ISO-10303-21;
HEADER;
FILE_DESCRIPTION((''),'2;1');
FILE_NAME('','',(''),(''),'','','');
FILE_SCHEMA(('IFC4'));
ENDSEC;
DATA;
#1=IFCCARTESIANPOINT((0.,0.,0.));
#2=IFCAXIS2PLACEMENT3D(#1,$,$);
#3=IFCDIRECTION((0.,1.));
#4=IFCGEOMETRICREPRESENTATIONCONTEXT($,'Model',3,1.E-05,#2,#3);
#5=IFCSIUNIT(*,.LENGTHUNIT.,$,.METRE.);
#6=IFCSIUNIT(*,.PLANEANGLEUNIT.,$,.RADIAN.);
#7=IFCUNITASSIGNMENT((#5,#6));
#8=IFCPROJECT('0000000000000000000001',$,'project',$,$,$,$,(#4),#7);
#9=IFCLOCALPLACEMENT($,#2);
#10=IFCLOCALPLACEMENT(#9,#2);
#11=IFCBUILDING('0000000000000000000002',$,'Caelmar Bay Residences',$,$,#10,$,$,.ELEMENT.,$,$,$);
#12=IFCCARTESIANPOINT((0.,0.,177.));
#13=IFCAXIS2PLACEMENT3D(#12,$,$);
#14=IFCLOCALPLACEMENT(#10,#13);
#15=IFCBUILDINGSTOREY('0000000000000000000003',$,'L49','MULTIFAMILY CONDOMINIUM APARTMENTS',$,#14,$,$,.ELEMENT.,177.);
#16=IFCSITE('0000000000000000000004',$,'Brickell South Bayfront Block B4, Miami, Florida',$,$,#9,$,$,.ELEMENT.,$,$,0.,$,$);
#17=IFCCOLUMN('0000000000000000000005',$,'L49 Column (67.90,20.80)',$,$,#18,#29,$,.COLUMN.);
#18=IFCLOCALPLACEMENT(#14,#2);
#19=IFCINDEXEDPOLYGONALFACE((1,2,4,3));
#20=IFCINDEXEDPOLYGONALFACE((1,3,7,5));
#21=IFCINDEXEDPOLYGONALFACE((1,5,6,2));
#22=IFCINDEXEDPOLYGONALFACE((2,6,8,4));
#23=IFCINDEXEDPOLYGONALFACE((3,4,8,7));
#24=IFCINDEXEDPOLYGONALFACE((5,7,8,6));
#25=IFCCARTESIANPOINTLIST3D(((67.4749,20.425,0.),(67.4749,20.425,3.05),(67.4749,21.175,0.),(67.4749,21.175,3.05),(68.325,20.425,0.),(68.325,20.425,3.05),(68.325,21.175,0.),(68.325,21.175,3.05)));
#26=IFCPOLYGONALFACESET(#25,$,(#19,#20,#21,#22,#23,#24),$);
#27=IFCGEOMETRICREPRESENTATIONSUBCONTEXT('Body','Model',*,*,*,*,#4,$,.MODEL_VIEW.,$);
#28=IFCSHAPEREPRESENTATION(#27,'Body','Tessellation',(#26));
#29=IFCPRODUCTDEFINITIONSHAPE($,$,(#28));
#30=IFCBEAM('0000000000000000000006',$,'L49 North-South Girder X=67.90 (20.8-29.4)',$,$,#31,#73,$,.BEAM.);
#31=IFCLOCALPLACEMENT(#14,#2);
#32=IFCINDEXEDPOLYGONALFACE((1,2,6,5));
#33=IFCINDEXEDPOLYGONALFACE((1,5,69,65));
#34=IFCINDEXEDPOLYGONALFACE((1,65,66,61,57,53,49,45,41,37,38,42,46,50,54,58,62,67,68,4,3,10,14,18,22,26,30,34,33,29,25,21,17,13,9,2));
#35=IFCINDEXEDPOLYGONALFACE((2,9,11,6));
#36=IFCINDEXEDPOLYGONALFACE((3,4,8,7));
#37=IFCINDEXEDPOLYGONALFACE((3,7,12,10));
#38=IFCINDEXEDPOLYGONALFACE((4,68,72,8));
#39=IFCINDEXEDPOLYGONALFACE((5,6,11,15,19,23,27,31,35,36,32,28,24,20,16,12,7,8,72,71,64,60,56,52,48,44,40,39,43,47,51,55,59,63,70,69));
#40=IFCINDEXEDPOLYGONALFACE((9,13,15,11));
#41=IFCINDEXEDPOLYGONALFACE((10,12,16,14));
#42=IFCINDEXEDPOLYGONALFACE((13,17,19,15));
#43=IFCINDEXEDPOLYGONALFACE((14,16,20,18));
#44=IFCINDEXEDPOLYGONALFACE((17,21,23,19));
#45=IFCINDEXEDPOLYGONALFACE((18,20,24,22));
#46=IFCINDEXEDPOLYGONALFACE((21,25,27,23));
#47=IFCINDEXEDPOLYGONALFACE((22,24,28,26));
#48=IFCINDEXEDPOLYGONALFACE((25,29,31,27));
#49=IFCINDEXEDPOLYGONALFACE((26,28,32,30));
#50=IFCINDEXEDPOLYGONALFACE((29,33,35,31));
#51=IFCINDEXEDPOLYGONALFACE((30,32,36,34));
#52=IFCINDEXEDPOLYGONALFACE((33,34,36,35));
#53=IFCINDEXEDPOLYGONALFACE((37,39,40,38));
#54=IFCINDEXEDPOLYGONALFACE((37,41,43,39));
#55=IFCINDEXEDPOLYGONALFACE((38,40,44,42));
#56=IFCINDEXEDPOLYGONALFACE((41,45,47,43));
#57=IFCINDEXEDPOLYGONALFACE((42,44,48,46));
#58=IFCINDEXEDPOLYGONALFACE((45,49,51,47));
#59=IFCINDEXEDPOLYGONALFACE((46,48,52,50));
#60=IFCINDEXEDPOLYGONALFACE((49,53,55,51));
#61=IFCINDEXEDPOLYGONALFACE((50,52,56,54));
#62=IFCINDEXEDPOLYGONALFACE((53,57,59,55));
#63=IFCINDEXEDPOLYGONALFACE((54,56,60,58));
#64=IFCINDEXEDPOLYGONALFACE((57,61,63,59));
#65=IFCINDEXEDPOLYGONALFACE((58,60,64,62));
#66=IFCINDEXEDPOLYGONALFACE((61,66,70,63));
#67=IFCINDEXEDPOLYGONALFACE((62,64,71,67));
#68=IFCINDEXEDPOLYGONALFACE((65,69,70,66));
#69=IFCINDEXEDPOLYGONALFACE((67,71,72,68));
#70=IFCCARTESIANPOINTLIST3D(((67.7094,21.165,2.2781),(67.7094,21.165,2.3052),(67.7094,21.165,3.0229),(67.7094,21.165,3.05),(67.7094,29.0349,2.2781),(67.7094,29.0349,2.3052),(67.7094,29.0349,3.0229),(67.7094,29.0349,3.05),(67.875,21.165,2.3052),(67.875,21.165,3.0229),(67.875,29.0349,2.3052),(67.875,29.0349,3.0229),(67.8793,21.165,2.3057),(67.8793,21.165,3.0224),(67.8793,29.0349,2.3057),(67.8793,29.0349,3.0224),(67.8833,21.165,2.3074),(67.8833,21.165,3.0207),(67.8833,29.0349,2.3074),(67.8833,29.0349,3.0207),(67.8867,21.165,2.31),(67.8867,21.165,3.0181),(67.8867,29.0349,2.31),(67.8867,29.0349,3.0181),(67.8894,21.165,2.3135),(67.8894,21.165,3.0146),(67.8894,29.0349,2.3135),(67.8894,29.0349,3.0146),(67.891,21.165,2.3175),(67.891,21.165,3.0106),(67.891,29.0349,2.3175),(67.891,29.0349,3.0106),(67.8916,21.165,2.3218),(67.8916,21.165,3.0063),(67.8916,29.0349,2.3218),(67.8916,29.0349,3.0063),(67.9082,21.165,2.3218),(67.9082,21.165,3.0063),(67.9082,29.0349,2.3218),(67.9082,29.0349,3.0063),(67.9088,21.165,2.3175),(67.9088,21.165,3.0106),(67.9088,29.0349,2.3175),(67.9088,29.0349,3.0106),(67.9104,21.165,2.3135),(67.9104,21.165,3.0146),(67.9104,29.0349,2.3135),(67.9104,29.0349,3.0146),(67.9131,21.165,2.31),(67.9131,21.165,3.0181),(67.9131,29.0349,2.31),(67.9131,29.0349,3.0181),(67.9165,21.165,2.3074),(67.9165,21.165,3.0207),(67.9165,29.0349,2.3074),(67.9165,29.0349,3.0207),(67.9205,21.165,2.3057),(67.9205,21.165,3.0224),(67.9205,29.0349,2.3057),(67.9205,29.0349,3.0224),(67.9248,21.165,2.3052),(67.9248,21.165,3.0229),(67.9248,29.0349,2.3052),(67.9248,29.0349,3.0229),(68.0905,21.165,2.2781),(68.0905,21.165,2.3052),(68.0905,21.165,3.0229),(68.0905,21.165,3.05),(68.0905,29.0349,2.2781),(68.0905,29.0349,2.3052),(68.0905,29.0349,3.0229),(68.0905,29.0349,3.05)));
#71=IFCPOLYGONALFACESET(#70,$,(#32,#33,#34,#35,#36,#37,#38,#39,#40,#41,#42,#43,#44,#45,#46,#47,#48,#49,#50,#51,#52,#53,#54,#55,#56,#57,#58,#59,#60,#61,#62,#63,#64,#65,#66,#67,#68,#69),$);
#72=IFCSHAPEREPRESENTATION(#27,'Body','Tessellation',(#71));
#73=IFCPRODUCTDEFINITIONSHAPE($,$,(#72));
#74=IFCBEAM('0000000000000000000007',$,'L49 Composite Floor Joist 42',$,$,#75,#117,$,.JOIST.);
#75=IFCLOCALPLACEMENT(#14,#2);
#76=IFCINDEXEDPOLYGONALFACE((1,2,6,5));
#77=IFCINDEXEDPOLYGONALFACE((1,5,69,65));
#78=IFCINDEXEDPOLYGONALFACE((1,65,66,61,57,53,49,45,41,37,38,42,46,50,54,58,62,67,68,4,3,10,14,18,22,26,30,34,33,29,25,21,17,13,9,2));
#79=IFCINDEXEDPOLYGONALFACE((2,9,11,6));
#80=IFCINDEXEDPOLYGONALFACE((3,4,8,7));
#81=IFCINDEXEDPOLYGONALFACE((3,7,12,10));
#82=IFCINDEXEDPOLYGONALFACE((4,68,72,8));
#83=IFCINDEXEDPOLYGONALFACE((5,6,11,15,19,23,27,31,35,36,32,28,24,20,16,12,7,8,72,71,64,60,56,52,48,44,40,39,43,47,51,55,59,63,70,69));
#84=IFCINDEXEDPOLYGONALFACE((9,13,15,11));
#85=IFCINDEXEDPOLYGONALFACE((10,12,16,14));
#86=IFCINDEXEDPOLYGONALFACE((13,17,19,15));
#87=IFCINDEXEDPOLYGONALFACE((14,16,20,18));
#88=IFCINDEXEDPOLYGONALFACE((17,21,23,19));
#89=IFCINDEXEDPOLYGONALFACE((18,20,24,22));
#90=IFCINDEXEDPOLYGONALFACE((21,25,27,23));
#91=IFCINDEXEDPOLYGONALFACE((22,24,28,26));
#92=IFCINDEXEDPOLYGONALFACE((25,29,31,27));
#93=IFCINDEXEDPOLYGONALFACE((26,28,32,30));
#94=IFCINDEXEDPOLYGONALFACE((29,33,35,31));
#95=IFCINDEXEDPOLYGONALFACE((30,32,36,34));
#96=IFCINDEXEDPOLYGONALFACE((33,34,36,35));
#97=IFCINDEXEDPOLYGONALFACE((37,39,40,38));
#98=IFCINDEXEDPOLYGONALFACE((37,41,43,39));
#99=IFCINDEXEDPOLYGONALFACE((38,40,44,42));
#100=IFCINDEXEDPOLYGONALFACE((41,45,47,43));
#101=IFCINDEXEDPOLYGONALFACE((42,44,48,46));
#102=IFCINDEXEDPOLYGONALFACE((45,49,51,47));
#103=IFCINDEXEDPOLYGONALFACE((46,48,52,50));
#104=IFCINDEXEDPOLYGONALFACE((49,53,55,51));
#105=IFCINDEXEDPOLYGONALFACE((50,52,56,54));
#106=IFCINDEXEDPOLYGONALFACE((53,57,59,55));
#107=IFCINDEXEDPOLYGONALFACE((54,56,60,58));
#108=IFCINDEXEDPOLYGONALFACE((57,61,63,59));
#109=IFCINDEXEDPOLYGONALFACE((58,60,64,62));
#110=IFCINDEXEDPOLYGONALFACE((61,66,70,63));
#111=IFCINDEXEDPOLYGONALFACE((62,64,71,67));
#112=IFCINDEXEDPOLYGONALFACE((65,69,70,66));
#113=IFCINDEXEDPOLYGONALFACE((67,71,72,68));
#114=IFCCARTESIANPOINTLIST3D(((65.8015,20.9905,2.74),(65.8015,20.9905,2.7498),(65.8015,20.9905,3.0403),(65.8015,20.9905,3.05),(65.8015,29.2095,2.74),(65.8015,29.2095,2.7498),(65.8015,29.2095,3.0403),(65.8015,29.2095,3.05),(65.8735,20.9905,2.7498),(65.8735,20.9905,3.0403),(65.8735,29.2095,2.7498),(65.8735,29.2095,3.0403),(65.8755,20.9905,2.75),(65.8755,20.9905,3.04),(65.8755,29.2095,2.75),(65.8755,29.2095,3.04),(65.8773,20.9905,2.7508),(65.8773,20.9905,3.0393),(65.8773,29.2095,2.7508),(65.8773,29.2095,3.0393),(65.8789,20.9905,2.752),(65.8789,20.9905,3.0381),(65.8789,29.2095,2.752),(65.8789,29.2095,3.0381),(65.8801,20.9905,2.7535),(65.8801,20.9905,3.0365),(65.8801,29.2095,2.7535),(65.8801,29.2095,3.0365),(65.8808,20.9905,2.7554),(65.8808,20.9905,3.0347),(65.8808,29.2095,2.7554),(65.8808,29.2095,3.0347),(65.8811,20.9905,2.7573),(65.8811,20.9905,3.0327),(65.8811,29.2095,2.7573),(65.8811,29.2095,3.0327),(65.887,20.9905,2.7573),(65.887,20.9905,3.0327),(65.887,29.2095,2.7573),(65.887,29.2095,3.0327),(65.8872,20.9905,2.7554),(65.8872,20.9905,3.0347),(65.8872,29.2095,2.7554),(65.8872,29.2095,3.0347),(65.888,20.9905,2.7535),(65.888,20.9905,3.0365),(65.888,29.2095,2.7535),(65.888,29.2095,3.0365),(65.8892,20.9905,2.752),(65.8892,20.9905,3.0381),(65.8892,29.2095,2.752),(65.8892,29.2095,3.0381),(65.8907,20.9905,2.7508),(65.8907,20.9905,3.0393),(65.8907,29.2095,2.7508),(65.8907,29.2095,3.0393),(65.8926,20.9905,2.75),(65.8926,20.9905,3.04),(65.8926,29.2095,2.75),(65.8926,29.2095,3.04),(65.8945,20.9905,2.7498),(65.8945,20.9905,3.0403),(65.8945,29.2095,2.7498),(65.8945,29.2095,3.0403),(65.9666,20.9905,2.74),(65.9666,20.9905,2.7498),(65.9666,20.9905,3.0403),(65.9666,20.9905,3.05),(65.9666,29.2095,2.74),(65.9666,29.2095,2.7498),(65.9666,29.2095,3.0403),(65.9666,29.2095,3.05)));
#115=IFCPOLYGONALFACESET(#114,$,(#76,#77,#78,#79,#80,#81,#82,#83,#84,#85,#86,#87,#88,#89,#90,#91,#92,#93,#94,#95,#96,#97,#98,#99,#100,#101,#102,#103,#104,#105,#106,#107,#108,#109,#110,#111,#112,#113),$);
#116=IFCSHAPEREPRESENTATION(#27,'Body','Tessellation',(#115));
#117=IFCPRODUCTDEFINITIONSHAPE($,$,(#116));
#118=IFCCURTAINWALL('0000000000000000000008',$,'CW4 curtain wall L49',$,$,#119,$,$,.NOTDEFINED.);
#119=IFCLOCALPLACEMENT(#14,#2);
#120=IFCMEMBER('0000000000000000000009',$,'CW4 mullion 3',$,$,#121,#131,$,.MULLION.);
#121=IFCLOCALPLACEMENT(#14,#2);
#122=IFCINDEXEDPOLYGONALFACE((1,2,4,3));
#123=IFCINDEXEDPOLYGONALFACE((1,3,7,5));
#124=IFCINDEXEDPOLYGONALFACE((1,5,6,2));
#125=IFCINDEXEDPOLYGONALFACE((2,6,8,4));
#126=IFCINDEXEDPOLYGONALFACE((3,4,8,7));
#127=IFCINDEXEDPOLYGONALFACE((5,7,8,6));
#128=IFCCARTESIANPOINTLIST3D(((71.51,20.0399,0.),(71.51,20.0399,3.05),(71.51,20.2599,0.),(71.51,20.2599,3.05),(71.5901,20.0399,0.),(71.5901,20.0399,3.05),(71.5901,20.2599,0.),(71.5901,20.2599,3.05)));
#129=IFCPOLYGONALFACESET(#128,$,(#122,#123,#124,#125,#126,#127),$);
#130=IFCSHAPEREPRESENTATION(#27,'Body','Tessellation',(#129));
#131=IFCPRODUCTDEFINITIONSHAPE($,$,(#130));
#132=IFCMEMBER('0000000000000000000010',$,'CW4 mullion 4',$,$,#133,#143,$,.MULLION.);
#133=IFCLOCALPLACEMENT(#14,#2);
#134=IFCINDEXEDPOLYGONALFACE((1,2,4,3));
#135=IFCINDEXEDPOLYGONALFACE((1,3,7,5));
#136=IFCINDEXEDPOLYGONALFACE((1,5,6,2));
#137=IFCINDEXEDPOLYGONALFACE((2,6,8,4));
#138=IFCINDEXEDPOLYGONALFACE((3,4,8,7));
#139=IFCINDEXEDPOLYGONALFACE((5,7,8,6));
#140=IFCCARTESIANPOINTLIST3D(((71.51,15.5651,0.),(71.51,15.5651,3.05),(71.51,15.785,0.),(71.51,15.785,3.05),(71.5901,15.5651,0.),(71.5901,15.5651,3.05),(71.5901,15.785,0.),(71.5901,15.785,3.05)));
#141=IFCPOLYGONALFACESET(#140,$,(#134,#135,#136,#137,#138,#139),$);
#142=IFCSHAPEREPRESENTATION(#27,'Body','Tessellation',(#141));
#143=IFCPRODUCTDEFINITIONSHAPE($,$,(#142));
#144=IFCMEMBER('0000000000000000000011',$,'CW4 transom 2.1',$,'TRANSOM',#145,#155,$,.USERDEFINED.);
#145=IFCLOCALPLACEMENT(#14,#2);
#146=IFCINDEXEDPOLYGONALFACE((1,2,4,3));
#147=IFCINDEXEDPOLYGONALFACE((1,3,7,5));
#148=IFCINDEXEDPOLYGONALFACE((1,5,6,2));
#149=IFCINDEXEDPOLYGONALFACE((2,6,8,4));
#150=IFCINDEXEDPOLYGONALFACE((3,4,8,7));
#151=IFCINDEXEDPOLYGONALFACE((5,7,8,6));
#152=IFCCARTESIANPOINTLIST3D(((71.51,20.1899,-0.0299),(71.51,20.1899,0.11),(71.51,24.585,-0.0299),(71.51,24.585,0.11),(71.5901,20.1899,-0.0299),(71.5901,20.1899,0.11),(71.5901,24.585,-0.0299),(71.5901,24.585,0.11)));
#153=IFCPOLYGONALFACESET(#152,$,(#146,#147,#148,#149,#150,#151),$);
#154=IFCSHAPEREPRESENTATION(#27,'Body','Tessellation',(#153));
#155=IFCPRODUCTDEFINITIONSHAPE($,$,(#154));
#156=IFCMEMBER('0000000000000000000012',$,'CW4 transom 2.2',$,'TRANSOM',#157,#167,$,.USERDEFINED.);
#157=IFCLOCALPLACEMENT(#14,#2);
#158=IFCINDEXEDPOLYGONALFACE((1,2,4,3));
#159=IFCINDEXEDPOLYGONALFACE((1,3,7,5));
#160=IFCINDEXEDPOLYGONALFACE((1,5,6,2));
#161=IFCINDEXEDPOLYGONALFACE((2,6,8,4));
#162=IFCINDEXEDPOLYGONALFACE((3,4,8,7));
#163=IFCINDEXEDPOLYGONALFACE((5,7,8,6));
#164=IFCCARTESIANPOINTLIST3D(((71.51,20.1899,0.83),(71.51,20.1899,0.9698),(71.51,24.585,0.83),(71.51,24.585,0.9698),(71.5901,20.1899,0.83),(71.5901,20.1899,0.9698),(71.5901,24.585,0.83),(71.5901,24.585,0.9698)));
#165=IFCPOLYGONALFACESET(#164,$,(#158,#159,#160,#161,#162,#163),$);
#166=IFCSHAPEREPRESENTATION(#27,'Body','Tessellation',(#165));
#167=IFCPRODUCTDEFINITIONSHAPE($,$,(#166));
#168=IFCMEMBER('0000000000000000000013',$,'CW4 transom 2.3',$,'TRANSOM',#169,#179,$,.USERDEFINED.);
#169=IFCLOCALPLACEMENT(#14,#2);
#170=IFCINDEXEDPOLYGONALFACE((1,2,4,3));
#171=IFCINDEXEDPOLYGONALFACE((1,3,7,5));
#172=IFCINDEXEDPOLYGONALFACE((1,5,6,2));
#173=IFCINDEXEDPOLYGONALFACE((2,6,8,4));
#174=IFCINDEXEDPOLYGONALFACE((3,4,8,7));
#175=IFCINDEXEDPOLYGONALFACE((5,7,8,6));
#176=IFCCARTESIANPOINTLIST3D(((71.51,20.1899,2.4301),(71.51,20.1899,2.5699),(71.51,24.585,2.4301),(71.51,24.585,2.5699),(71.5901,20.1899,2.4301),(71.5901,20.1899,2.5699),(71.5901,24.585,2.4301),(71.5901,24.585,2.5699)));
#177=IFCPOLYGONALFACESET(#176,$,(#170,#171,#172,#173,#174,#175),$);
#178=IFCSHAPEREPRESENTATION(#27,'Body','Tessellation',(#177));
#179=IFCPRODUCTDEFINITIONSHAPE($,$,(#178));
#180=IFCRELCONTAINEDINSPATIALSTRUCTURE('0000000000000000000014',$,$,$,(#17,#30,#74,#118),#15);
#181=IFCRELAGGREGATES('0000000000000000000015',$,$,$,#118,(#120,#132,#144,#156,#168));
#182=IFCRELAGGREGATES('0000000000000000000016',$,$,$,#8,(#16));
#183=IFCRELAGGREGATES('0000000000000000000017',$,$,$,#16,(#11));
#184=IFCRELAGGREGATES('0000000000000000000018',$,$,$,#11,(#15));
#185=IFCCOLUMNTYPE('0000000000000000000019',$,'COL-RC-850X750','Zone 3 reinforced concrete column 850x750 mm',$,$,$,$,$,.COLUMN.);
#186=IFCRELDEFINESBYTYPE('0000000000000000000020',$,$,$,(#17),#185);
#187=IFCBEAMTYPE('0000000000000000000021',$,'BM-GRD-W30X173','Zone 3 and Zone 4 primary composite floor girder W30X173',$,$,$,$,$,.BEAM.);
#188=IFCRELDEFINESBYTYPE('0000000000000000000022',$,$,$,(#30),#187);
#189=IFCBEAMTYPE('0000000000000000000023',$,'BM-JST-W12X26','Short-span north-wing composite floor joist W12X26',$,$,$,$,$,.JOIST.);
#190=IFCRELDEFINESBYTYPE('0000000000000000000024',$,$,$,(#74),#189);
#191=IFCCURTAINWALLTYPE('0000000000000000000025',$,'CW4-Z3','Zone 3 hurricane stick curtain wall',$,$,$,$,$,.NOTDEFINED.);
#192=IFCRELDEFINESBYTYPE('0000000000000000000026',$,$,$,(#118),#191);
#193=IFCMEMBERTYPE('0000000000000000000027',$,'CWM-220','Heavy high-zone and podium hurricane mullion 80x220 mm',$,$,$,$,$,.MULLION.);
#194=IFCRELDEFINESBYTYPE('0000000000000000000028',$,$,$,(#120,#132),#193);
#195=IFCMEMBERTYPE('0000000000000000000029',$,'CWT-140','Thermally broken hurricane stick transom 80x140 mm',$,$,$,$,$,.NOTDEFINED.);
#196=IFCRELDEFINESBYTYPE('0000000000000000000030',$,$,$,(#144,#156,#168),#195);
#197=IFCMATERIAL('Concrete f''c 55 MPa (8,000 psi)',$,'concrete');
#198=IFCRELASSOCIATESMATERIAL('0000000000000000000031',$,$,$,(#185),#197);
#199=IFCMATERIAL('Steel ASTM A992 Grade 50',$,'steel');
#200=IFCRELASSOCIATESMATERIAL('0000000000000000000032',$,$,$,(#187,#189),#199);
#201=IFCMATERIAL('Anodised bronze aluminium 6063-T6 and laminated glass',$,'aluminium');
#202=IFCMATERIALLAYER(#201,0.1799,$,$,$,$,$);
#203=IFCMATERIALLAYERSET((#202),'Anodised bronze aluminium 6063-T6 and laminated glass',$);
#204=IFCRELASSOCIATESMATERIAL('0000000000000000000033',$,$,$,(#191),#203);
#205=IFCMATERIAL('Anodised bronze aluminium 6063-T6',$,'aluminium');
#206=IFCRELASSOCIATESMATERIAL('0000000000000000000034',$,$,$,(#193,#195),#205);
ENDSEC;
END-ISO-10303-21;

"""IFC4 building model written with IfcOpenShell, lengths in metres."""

from ifc_helpers import new_model, si_unit, direction, frame, origin, origin_2d, place, context, subcontext, project, spatial, rectangle, i_section, extrude, material, layer, layer_set, material_profile, profile_set, type_object, element, aggregate, save


model = new_model("IFC4")

# Units and contexts
model_context = context("Model", 3, precision=1e-05, world=origin(), true_north=direction((0.0, 1.0)))
body_context = subcontext(model_context, "Body", "Model", "MODEL_VIEW")
ifc_project = project(units=[si_unit("LENGTHUNIT", "METRE"), si_unit("PLANEANGLEUNIT", "RADIAN")], contexts=[model_context])

# Site, building, storey
site_placement = place(None, origin())
site = spatial("IfcSite", under=ifc_project, at=site_placement, Name="Brickell South Bayfront Block B4, Miami, Florida", CompositionType="ELEMENT", RefElevation=0.0)
building_placement = place(site_placement, origin())
building = spatial("IfcBuilding", under=site, at=building_placement, Name="Caelmar Bay Residences", CompositionType="ELEMENT")
storey_placement = place(building_placement, frame((0.0, 0.0, 177.0)))
storey = spatial("IfcBuildingStorey", under=building, at=storey_placement, Name="L49", Description="MULTIFAMILY CONDOMINIUM APARTMENTS", CompositionType="ELEMENT", Elevation=177.0)

# Column
ifc_material_1 = material(Name="Concrete f'c 55 MPa (8,000 psi)", Category="concrete")
ifc_material_profile_1 = material_profile(ifc_material_1, rectangle(XDim=0.8501, YDim=0.75, at=origin_2d()), Name="RC-COL-850X750")
ifc_profile_set_1 = profile_set([ifc_material_profile_1], Name="Concrete f'c 55 MPa (8,000 psi)")
column_type = type_object("IfcColumnType", Name="COL-RC-850X750", Description="Zone 3 reinforced concrete column 850x750 mm", PredefinedType="COLUMN", material=ifc_profile_set_1)
column_placement = place(storey_placement, frame((67.8999, 20.8, 0.0), z_axis=(0.0, 0.0, 1.0), x_axis=(1.0, 0.0, 0.0)))
element("IfcColumn", 1, at=column_placement, inside=storey, type_object=column_type, Name="L49 Column (67.90,20.80)", PredefinedType="COLUMN", context=body_context, shape_type="SweptSolid", body=[
    extrude(rectangle(XDim=0.8501, YDim=0.75, at=origin_2d()), origin(), (0.0, 0.0, 1.0), 3.05),
])

# Beams
ifc_material_2 = material(Name="Steel ASTM A992 Grade 50", Category="steel")
ifc_material_profile_2 = material_profile(ifc_material_2, i_section(OverallWidth=0.3811, OverallDepth=0.772, WebThickness=0.0166, FlangeThickness=0.0271, FilletRadius=0.0166, at=origin_2d()), Name="W30X173")
ifc_profile_set_2 = profile_set([ifc_material_profile_2], Name="Steel ASTM A992 Grade 50")
beam_type_1 = type_object("IfcBeamType", Name="BM-GRD-W30X173", Description="Zone 3 and Zone 4 primary composite floor girder W30X173", PredefinedType="BEAM", material=ifc_profile_set_2)
beam_1_placement = place(storey_placement, frame((67.8999, 21.165, 2.6641), z_axis=(0.0, 1.0, 0.0), x_axis=(-1.0, 0.0, 0.0)))
element("IfcBeam", 2, at=beam_1_placement, inside=storey, type_object=beam_type_1, Name="L49 North-South Girder X=67.90 (20.8-29.4)", PredefinedType="BEAM", context=body_context, shape_type="SweptSolid", body=[
    extrude(i_section(OverallWidth=0.3811, OverallDepth=0.772, WebThickness=0.0166, FlangeThickness=0.0271, FilletRadius=0.0166, at=origin_2d()), origin(), (0.0, 0.0, 1.0), 7.8699),
])
ifc_material_profile_3 = material_profile(ifc_material_2, i_section(OverallWidth=0.165, OverallDepth=0.3101, WebThickness=0.0059, FlangeThickness=0.0098, FilletRadius=0.0076, at=origin_2d()), Name="W12X26")
ifc_profile_set_3 = profile_set([ifc_material_profile_3], Name="Steel ASTM A992 Grade 50")
beam_type_2 = type_object("IfcBeamType", Name="BM-JST-W12X26", Description="Short-span north-wing composite floor joist W12X26", PredefinedType="JOIST", material=ifc_profile_set_3)
beam_2_placement = place(storey_placement, frame((65.884, 20.9905, 2.895), z_axis=(0.0, 1.0, 0.0), x_axis=(-1.0, 0.0, 0.0)))
element("IfcBeam", 3, at=beam_2_placement, inside=storey, type_object=beam_type_2, Name="L49 Composite Floor Joist 42", PredefinedType="JOIST", context=body_context, shape_type="SweptSolid", body=[
    extrude(i_section(OverallWidth=0.165, OverallDepth=0.3101, WebThickness=0.0059, FlangeThickness=0.0098, FilletRadius=0.0076, at=origin_2d()), origin(), (0.0, 0.0, 1.0), 8.219),
])

# Curtain wall, members
ifc_material_3 = material(Name="Anodised bronze aluminium 6063-T6 and laminated glass", Category="aluminium")
ifc_layer_1 = layer(ifc_material_3, 0.1799)
ifc_layer_set_1 = layer_set([ifc_layer_1], Name="Anodised bronze aluminium 6063-T6 and laminated glass")
curtain_wall_type = type_object("IfcCurtainWallType", Name="CW4-Z3", Description="Zone 3 hurricane stick curtain wall", PredefinedType="NOTDEFINED", material=ifc_layer_set_1)
curtain_wall_placement = place(storey_placement, origin())
curtain_wall = element("IfcCurtainWall", 4, at=curtain_wall_placement, inside=storey, type_object=curtain_wall_type, Name="CW4 curtain wall L49", PredefinedType="NOTDEFINED")
ifc_material_4 = material(Name="Anodised bronze aluminium 6063-T6", Category="aluminium")
ifc_material_profile_4 = material_profile(ifc_material_4, rectangle(XDim=0.0801, YDim=0.22, at=origin_2d()), Name="CWM-80X220")
ifc_profile_set_4 = profile_set([ifc_material_profile_4], Name="Anodised bronze aluminium 6063-T6")
member_type_1 = type_object("IfcMemberType", Name="CWM-220", Description="Heavy high-zone and podium hurricane mullion 80x220 mm", PredefinedType="MULLION", material=ifc_profile_set_4)
member_1_placement = place(storey_placement, frame((71.55, 20.1499, 0.0), z_axis=(0.0, 0.0, 1.0), x_axis=(1.0, 0.0, 0.0)))
member_1 = element("IfcMember", 5, at=member_1_placement, type_object=member_type_1, Name="CW4 mullion 3", PredefinedType="MULLION", context=body_context, shape_type="SweptSolid", body=[
    extrude(rectangle(XDim=0.0801, YDim=0.22, at=origin_2d()), origin(), (0.0, 0.0, 1.0), 3.05),
])
member_2_placement = place(storey_placement, frame((71.55, 15.675, 0.0), z_axis=(0.0, 0.0, 1.0), x_axis=(1.0, 0.0, 0.0)))
member_2 = element("IfcMember", 6, at=member_2_placement, type_object=member_type_1, Name="CW4 mullion 4", PredefinedType="MULLION", context=body_context, shape_type="SweptSolid", body=[
    extrude(rectangle(XDim=0.0801, YDim=0.22, at=origin_2d()), origin(), (0.0, 0.0, 1.0), 3.05),
])
ifc_material_profile_5 = material_profile(ifc_material_4, rectangle(XDim=0.0801, YDim=0.1399, at=origin_2d()), Name="CWT-80X140")
ifc_profile_set_5 = profile_set([ifc_material_profile_5], Name="Anodised bronze aluminium 6063-T6")
member_type_2 = type_object("IfcMemberType", Name="CWT-140", Description="Thermally broken hurricane stick transom 80x140 mm", PredefinedType="NOTDEFINED", material=ifc_profile_set_5)
member_3_placement = place(storey_placement, frame((71.55, 24.585, 0.04), z_axis=(0.0, -1.0, 0.0), x_axis=(1.0, 0.0, 0.0)))
member_3 = element("IfcMember", 7, at=member_3_placement, type_object=member_type_2, Name="CW4 transom 2.1", ObjectType="TRANSOM", PredefinedType="USERDEFINED", context=body_context, shape_type="SweptSolid", body=[
    extrude(rectangle(XDim=0.0801, YDim=0.1399, at=origin_2d()), origin(), (0.0, 0.0, 1.0), 4.395),
])
member_4_placement = place(storey_placement, frame((71.55, 24.585, 0.8999), z_axis=(0.0, -1.0, 0.0), x_axis=(1.0, 0.0, 0.0)))
member_4 = element("IfcMember", 8, at=member_4_placement, type_object=member_type_2, Name="CW4 transom 2.2", ObjectType="TRANSOM", PredefinedType="USERDEFINED", context=body_context, shape_type="SweptSolid", body=[
    extrude(rectangle(XDim=0.0801, YDim=0.1399, at=origin_2d()), origin(), (0.0, 0.0, 1.0), 4.395),
])
member_5_placement = place(storey_placement, frame((71.55, 24.585, 2.5), z_axis=(0.0, -1.0, 0.0), x_axis=(1.0, 0.0, 0.0)))
member_5 = element("IfcMember", 9, at=member_5_placement, type_object=member_type_2, Name="CW4 transom 2.3", ObjectType="TRANSOM", PredefinedType="USERDEFINED", context=body_context, shape_type="SweptSolid", body=[
    extrude(rectangle(XDim=0.0801, YDim=0.1399, at=origin_2d()), origin(), (0.0, 0.0, 1.0), 4.395),
])
aggregate(curtain_wall, [member_1, member_2, member_3, member_4, member_5])

save(model, "model.ifc")
